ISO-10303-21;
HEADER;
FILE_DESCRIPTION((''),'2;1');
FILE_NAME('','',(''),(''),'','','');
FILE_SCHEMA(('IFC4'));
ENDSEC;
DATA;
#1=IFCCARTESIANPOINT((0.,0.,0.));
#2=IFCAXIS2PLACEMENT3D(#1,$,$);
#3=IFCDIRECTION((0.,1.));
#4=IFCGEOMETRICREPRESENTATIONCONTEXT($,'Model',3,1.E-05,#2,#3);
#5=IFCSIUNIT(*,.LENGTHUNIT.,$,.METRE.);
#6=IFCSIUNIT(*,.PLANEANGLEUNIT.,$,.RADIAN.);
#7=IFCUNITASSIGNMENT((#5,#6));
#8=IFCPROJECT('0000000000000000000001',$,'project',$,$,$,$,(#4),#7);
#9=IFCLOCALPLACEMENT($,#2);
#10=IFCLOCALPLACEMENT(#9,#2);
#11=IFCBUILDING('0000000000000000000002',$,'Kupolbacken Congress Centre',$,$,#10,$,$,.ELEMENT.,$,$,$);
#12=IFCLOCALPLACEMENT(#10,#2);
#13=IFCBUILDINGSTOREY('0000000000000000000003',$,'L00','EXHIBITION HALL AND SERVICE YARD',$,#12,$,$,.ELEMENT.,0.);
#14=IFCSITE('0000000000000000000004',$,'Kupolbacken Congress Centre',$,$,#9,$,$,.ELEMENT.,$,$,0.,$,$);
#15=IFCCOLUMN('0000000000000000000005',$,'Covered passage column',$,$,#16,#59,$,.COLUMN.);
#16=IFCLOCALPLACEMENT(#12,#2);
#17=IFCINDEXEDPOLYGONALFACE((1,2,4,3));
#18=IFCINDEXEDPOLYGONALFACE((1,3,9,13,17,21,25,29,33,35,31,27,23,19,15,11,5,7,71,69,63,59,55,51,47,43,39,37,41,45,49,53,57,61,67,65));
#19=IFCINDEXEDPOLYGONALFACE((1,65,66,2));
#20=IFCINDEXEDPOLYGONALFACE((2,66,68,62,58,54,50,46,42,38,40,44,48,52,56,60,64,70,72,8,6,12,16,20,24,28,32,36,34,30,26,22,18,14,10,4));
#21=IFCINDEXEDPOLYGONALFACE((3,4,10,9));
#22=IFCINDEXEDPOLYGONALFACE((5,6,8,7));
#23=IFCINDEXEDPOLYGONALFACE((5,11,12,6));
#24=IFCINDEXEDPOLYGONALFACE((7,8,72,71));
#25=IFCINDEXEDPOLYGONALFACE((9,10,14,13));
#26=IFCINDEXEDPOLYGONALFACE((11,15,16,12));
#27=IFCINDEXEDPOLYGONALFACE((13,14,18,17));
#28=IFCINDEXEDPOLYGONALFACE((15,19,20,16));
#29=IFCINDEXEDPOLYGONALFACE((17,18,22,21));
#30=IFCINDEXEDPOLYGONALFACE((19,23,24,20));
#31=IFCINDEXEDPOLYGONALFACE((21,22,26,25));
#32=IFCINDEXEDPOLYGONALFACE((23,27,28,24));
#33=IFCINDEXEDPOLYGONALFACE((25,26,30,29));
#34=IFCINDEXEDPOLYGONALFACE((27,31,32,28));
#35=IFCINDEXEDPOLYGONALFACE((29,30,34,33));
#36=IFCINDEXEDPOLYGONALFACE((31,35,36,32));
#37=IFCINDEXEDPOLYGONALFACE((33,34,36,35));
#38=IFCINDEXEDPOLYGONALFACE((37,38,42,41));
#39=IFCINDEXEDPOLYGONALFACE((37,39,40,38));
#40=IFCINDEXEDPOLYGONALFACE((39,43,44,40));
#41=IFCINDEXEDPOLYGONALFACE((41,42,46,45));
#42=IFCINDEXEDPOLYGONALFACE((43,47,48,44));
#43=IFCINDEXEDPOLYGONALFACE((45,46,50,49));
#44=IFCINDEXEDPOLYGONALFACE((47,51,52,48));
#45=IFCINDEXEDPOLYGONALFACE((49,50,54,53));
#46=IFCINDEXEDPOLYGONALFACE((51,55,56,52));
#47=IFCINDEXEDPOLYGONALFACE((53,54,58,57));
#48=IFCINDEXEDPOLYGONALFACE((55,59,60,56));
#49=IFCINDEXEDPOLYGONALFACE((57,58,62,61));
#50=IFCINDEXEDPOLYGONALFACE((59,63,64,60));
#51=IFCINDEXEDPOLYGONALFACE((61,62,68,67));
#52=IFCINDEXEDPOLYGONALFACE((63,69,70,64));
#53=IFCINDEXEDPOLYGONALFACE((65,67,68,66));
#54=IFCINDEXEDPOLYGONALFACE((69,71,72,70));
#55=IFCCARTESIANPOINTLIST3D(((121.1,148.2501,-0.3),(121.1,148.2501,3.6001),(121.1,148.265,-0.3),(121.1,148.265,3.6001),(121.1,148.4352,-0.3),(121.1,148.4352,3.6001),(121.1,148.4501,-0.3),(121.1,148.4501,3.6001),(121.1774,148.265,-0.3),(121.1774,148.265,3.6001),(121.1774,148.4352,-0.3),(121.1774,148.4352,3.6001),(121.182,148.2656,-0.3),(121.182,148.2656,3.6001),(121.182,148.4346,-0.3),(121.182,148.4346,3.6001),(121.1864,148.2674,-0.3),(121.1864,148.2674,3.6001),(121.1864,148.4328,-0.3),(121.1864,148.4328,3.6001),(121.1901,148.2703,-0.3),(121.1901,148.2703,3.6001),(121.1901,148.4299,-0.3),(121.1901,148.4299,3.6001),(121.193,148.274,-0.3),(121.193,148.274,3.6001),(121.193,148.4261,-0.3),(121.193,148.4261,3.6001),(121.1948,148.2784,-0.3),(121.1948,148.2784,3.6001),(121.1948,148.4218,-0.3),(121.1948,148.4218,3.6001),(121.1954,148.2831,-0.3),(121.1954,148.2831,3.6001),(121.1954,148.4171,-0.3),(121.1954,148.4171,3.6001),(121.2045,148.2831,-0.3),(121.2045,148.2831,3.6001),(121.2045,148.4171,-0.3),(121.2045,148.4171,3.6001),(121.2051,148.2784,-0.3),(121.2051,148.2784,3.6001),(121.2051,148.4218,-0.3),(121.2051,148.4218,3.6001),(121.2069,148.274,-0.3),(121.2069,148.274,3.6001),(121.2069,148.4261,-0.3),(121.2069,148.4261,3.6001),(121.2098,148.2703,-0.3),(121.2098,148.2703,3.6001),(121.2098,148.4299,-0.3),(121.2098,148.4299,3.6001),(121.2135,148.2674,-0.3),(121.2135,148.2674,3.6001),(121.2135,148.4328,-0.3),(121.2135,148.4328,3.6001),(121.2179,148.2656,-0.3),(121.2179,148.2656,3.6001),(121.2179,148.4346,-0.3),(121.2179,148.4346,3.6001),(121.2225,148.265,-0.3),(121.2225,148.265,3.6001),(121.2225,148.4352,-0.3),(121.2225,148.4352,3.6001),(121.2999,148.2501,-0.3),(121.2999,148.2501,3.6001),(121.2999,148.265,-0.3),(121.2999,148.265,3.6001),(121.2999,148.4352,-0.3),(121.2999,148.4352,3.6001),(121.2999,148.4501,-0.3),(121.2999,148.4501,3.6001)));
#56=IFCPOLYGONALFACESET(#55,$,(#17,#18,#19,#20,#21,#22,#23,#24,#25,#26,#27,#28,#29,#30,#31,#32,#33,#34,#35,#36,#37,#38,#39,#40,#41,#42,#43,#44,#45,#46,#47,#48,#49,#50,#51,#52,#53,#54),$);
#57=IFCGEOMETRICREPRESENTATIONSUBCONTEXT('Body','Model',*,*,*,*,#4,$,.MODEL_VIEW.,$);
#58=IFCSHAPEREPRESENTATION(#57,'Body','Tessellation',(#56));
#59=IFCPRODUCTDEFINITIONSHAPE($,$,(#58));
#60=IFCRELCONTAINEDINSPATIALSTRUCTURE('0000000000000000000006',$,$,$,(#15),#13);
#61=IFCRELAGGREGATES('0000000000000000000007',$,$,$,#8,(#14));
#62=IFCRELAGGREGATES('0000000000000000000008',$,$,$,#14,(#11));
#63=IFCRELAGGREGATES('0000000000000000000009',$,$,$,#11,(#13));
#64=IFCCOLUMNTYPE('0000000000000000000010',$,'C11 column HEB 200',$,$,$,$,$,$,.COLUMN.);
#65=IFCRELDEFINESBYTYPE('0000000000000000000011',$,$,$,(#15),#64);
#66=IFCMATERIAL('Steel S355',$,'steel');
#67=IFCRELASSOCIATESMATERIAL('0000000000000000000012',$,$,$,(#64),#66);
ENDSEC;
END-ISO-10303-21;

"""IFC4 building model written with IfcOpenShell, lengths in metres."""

from ifc_helpers import new_model, si_unit, direction, frame, origin, origin_2d, place, context, subcontext, project, spatial, i_section, extrude, material, material_profile, profile_set, type_object, element, save


model = new_model("IFC4")

# Units and contexts
model_context = context("Model", 3, precision=1e-05, world=origin(), true_north=direction((0.0, 1.0)))
body_context = subcontext(model_context, "Body", "Model", "MODEL_VIEW")
ifc_project = project(units=[si_unit("LENGTHUNIT", "METRE"), si_unit("PLANEANGLEUNIT", "RADIAN")], contexts=[model_context])

# Site, building, storey
site_placement = place(None, origin())
site = spatial("IfcSite", under=ifc_project, at=site_placement, Name="Kupolbacken Congress Centre", CompositionType="ELEMENT", RefElevation=0.0)
building_placement = place(site_placement, origin())
building = spatial("IfcBuilding", under=site, at=building_placement, Name="Kupolbacken Congress Centre", CompositionType="ELEMENT")
storey_placement = place(building_placement, origin())
storey = spatial("IfcBuildingStorey", under=building, at=storey_placement, Name="L00", Description="EXHIBITION HALL AND SERVICE YARD", CompositionType="ELEMENT", Elevation=0.0)

# Column
ifc_material_1 = material(Name="Steel S355", Category="steel")
ifc_material_profile_1 = material_profile(ifc_material_1, i_section(OverallWidth=0.2, OverallDepth=0.2, WebThickness=0.009, FlangeThickness=0.0149, FilletRadius=0.0181, at=origin_2d()), Name="HEB 200")
ifc_profile_set_1 = profile_set([ifc_material_profile_1], Name="Steel S355")
column_type_1 = type_object("IfcColumnType", Name="C11 column HEB 200", PredefinedType="COLUMN", material=ifc_profile_set_1)
for number, where, z_axis, x_axis, name in (
    (1, (121.2, 148.3501, -0.3), (0.0, 0.0, 1.0), (1.0, 0.0, 0.0), "Covered passage column"),
):
    element("IfcColumn", number, at=place(storey_placement, frame(where, z_axis=z_axis, x_axis=x_axis)), inside=storey, type_object=column_type_1, Name=name, PredefinedType="COLUMN", context=body_context, shape_type="SweptSolid", body=[
        extrude(i_section(OverallWidth=0.2, OverallDepth=0.2, WebThickness=0.009, FlangeThickness=0.0149, FilletRadius=0.0181, at=origin_2d()), origin(), (0.0, 0.0, 1.0), 3.9001),
    ])

save(model, "model.ifc")
